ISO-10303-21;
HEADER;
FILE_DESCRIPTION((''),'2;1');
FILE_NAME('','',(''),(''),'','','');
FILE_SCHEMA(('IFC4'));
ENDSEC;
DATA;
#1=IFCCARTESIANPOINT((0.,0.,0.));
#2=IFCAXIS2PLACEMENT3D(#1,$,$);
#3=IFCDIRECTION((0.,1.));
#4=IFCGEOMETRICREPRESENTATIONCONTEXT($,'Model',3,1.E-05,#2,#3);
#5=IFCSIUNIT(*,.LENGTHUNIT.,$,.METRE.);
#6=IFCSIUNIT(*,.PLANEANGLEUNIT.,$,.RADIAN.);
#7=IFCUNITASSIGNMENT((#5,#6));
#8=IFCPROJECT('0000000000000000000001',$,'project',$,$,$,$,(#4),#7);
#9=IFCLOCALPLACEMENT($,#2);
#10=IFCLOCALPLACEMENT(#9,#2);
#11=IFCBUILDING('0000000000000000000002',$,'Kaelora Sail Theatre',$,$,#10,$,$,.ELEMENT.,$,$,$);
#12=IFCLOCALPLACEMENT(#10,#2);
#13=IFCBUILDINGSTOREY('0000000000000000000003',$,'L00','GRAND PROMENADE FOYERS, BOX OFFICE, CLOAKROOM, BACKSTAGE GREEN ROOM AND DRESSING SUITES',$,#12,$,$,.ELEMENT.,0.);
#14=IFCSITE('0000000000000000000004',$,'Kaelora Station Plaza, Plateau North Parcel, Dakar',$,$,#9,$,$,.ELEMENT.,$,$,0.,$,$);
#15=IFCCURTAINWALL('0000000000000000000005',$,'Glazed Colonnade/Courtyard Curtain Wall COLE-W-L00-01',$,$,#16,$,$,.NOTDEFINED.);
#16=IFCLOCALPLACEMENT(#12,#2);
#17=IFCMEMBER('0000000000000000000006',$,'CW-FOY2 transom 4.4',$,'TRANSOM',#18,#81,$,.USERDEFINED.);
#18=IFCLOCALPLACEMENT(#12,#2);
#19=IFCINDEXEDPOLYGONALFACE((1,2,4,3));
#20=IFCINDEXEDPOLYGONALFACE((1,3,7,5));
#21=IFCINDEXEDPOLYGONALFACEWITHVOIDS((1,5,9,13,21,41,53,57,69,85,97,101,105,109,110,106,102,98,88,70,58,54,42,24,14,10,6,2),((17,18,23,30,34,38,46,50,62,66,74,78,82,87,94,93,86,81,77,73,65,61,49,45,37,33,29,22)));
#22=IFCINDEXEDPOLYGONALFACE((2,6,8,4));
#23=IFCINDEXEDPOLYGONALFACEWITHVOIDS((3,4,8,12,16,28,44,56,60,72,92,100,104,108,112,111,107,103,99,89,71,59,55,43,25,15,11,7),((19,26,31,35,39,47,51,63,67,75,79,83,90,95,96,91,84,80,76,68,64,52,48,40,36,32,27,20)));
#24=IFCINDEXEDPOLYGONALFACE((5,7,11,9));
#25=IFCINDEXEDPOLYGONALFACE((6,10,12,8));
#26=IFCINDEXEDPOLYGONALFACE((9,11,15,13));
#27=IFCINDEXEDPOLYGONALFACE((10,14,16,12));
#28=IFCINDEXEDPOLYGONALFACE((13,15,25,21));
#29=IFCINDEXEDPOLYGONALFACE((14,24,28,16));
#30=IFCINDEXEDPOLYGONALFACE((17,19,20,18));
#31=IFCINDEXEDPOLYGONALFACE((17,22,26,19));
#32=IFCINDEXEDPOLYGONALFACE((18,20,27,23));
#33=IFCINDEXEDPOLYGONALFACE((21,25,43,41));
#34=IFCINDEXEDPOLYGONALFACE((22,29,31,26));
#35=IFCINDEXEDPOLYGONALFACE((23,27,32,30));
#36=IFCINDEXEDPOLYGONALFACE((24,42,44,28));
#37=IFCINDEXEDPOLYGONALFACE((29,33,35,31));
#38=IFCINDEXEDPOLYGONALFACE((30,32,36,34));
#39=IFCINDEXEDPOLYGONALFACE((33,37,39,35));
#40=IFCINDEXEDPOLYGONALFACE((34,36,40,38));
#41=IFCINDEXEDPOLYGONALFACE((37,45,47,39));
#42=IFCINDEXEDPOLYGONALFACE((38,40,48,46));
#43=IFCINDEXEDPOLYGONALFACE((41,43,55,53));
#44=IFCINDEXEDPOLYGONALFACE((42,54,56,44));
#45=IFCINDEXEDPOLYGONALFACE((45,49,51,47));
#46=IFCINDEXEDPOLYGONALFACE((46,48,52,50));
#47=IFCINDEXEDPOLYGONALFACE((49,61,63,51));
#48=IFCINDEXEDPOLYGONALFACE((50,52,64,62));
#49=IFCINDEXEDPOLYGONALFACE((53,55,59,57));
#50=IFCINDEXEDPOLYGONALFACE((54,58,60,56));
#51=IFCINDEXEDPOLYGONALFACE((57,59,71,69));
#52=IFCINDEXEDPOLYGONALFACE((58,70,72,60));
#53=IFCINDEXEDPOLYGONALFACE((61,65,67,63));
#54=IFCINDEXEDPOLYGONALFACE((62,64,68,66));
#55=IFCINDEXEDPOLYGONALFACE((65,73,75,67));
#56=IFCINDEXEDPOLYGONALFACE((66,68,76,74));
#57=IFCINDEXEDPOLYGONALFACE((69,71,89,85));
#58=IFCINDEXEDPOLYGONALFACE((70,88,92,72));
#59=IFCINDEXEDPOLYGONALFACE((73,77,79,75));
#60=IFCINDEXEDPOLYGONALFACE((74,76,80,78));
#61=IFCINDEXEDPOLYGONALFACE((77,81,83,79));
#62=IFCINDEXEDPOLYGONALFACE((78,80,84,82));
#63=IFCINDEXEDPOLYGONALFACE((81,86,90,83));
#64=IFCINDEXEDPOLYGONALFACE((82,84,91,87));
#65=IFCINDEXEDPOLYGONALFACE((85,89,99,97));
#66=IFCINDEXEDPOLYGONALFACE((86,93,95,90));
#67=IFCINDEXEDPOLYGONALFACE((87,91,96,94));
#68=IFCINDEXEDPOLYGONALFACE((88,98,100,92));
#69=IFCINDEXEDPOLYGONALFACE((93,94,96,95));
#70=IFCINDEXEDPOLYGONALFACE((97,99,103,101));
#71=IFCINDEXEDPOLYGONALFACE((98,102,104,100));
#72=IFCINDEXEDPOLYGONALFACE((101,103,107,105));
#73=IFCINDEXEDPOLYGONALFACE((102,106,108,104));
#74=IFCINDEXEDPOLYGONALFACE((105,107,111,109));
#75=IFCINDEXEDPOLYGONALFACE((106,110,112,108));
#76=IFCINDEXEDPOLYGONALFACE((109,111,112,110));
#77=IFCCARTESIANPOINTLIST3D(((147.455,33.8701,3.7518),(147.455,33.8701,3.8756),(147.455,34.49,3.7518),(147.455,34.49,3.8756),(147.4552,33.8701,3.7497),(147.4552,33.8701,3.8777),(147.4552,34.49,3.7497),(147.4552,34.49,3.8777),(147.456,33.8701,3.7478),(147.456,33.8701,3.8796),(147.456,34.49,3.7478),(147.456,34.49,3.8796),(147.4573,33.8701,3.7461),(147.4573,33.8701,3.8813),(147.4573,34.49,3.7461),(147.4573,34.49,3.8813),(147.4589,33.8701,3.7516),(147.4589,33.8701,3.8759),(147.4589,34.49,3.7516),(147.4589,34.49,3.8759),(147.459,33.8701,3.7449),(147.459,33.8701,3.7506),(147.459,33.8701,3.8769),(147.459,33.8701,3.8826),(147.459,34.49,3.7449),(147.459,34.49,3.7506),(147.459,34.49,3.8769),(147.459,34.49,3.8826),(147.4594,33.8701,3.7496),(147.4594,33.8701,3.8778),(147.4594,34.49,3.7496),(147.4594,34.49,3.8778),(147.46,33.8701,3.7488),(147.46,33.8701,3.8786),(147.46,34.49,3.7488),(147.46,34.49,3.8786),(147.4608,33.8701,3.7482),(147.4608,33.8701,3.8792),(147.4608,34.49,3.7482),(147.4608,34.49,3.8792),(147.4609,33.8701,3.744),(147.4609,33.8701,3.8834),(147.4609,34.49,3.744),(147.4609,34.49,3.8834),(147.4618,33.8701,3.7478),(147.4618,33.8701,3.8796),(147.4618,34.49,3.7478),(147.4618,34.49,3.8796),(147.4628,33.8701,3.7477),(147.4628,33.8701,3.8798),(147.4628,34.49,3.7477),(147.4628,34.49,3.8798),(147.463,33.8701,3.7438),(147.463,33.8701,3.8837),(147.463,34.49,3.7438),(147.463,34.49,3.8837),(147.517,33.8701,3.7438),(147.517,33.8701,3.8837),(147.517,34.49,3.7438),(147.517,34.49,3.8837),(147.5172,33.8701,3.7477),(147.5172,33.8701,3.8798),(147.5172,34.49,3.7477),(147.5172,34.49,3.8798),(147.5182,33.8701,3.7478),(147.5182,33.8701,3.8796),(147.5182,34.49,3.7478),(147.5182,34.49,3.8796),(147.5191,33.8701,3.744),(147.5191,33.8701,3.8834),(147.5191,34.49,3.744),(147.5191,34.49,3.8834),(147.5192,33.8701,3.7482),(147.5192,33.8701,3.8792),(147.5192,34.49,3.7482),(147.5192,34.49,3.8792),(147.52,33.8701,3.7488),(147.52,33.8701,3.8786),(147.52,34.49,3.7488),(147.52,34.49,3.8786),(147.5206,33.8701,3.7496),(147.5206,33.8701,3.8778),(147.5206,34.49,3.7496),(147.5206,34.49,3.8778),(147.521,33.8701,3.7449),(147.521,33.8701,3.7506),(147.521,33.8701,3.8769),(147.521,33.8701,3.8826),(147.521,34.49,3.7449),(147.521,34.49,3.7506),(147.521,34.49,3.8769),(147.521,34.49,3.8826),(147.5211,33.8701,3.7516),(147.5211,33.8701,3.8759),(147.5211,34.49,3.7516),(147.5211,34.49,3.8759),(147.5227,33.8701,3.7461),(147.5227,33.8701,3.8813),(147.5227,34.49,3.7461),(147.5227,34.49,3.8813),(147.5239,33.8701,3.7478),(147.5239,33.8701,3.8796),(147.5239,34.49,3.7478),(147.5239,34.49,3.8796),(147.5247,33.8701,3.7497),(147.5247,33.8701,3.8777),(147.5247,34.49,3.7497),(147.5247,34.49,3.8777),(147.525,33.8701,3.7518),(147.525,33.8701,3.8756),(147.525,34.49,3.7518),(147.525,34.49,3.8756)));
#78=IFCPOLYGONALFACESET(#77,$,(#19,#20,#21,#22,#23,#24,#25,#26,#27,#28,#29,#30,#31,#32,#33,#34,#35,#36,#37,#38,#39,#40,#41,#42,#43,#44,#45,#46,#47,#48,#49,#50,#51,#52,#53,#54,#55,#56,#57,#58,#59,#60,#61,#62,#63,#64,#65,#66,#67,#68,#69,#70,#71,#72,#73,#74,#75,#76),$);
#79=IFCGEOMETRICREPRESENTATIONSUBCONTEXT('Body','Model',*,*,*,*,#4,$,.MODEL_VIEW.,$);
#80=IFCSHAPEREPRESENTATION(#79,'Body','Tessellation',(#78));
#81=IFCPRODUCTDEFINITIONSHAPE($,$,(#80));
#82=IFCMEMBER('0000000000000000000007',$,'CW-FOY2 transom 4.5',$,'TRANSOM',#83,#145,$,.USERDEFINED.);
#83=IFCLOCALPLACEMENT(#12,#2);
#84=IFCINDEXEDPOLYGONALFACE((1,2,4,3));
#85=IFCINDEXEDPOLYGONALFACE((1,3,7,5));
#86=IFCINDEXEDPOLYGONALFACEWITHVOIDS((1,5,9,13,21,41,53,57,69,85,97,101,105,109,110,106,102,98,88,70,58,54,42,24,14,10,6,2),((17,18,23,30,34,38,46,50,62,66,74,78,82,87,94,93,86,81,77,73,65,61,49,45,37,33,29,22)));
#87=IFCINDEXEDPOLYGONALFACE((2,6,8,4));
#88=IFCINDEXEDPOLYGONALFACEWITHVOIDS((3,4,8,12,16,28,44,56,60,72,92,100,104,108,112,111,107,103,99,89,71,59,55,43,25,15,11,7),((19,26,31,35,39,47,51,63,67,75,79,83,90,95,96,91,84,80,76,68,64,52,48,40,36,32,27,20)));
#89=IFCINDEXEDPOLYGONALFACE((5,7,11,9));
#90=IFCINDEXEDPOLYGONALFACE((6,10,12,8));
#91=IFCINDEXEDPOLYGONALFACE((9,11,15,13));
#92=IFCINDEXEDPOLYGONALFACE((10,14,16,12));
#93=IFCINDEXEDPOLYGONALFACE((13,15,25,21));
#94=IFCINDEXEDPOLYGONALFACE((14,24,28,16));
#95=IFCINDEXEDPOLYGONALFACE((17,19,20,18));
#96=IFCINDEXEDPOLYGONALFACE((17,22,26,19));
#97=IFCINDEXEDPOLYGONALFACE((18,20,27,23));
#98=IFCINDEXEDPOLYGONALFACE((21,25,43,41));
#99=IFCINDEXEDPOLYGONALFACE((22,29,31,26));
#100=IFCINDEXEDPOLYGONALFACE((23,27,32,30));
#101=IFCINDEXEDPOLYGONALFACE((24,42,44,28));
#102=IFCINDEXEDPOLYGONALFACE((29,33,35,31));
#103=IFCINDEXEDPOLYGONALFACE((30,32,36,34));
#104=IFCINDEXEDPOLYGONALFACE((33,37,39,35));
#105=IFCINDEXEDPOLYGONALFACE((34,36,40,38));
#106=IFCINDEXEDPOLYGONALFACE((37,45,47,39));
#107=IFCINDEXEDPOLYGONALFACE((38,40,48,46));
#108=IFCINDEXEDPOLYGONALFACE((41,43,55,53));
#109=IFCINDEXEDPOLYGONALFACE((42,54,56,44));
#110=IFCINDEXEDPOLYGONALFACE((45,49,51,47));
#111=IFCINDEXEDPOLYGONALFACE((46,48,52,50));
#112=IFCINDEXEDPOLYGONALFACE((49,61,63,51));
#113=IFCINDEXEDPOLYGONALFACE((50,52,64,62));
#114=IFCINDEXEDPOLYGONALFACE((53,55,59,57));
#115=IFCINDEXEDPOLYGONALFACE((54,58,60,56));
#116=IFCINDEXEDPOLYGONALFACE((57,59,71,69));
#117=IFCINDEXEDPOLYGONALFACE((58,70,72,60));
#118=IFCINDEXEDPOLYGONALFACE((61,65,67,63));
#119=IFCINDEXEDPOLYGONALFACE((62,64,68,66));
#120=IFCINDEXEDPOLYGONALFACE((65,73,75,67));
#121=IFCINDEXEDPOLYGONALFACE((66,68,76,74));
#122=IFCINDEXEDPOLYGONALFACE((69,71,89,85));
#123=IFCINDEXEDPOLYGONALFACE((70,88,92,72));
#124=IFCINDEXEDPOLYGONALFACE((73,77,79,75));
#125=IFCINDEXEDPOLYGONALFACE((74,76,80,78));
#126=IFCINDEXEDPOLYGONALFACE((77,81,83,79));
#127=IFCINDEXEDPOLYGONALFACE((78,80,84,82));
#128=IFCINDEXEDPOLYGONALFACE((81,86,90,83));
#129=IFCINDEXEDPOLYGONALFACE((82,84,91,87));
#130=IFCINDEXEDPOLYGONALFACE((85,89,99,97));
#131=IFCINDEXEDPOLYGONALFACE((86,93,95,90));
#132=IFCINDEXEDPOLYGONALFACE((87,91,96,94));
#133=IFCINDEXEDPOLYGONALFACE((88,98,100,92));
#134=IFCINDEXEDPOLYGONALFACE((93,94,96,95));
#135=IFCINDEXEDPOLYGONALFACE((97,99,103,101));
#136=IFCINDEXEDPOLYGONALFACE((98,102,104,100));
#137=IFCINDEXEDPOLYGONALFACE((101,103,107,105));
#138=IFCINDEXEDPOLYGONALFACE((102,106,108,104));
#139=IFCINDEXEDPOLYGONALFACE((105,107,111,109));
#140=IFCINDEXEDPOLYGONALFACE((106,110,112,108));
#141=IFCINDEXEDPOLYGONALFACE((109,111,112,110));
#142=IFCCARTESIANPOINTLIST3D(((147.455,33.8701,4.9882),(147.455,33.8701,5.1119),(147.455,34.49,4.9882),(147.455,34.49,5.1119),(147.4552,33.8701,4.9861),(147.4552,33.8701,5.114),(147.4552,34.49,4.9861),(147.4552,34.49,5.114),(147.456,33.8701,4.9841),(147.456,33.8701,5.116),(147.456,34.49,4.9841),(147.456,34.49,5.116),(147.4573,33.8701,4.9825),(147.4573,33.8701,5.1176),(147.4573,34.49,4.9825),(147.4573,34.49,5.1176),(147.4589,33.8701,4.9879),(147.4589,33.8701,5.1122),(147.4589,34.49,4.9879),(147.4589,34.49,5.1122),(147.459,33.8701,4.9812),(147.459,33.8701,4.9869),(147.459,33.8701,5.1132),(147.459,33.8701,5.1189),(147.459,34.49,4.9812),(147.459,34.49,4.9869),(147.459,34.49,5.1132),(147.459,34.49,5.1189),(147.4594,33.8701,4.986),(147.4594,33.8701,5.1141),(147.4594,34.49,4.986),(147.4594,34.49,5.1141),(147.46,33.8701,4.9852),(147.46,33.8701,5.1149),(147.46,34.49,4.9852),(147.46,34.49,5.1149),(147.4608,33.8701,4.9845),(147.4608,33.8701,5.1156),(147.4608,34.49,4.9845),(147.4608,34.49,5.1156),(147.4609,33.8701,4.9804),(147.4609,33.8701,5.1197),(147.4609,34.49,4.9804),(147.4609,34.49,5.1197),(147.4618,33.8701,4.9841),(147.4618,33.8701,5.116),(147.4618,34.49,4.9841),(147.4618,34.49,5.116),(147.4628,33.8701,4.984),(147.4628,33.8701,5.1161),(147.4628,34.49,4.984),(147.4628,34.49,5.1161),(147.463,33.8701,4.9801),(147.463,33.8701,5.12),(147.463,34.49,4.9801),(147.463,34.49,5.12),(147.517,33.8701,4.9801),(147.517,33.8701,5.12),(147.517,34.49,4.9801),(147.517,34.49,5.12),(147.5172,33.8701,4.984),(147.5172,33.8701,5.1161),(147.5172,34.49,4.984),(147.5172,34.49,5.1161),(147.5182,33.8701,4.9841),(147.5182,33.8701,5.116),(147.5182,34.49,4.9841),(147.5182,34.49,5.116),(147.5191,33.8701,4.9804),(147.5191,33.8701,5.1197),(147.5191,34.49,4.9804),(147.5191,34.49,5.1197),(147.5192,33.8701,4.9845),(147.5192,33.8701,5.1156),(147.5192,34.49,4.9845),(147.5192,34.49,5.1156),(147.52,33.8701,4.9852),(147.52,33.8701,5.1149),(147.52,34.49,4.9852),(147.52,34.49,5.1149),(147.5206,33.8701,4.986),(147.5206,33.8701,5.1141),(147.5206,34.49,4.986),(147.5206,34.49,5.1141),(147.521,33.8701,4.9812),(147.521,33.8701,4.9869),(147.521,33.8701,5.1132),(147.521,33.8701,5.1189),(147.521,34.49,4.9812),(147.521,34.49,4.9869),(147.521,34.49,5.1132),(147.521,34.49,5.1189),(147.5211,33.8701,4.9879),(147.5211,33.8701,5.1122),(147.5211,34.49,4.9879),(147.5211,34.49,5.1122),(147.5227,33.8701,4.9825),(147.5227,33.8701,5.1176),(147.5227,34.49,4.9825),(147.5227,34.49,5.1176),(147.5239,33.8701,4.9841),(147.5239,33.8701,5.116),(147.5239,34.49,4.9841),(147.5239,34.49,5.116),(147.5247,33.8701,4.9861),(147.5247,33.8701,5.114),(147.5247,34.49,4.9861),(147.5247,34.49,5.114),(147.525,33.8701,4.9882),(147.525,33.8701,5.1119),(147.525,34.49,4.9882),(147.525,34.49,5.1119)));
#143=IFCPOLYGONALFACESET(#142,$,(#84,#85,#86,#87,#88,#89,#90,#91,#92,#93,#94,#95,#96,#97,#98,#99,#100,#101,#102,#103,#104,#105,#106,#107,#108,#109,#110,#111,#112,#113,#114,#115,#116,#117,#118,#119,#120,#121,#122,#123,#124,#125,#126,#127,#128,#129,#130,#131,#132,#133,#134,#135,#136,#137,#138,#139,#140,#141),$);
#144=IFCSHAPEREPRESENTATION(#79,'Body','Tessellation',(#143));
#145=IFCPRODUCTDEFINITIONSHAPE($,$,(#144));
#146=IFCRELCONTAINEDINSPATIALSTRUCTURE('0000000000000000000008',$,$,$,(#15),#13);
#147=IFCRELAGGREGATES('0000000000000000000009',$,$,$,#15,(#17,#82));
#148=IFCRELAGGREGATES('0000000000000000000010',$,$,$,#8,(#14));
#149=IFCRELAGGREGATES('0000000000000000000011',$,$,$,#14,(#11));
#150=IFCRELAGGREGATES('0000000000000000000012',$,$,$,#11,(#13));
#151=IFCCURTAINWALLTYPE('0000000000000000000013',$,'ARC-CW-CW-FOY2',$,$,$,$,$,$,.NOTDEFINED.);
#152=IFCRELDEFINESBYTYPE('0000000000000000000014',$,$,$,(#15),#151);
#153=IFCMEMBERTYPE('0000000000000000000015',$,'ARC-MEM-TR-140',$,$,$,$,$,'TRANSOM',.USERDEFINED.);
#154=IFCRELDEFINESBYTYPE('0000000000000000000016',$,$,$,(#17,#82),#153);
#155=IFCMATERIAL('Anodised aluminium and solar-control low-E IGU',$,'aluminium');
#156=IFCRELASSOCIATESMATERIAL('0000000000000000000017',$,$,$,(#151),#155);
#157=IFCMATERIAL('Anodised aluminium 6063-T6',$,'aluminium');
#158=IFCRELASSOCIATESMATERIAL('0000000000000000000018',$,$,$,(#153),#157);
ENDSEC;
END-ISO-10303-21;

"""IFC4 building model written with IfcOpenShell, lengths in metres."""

from ifc_helpers import new_model, si_unit, direction, frame, origin, origin_2d, place, context, subcontext, project, spatial, hollow_rectangle, extrude, material, material_profile, profile_set, type_object, element, aggregate, save


model = new_model("IFC4")

# Units and contexts
model_context = context("Model", 3, precision=1e-05, world=origin(), true_north=direction((0.0, 1.0)))
body_context = subcontext(model_context, "Body", "Model", "MODEL_VIEW")
ifc_project = project(units=[si_unit("LENGTHUNIT", "METRE"), si_unit("PLANEANGLEUNIT", "RADIAN")], contexts=[model_context])

# Site, building, storey
site_placement = place(None, origin())
site = spatial("IfcSite", under=ifc_project, at=site_placement, Name="Kaelora Station Plaza, Plateau North Parcel, Dakar", CompositionType="ELEMENT", RefElevation=0.0)
building_placement = place(site_placement, origin())
building = spatial("IfcBuilding", under=site, at=building_placement, Name="Kaelora Sail Theatre", CompositionType="ELEMENT")
storey_placement = place(building_placement, origin())
storey = spatial("IfcBuildingStorey", under=building, at=storey_placement, Name="L00", Description="GRAND PROMENADE FOYERS, BOX OFFICE, CLOAKROOM, BACKSTAGE GREEN ROOM AND DRESSING SUITES", CompositionType="ELEMENT", Elevation=0.0)

# Curtain wall, members
ifc_material_1 = material(Name="Anodised aluminium and solar-control low-E IGU", Category="aluminium")
curtain_wall_type = type_object("IfcCurtainWallType", Name="ARC-CW-CW-FOY2", PredefinedType="NOTDEFINED", material=ifc_material_1)
curtain_wall_placement = place(storey_placement, origin())
curtain_wall = element("IfcCurtainWall", 1, at=curtain_wall_placement, inside=storey, type_object=curtain_wall_type, Name="Glazed Colonnade/Courtyard Curtain Wall COLE-W-L00-01", PredefinedType="NOTDEFINED")
ifc_material_2 = material(Name="Anodised aluminium 6063-T6", Category="aluminium")
ifc_material_profile_1 = material_profile(ifc_material_2, hollow_rectangle(XDim=0.0701, YDim=0.1399, WallThickness=0.0039, InnerFilletRadius=0.0039, OuterFilletRadius=0.0081, at=origin_2d()), Name="ALU-TRAN 70x140x4")
ifc_profile_set_1 = profile_set([ifc_material_profile_1], Name="Anodised aluminium 6063-T6")
member_type_1 = type_object("IfcMemberType", Name="ARC-MEM-TR-140", ElementType="TRANSOM", PredefinedType="USERDEFINED", material=ifc_profile_set_1)
member_1_placement = place(storey_placement, frame((147.49, 33.8701, 3.8137), z_axis=(0.0, 1.0, 0.0), x_axis=(-1.0, 0.0, 0.0)))
member_1 = element("IfcMember", 2, at=member_1_placement, type_object=member_type_1, Name="CW-FOY2 transom 4.4", ObjectType="TRANSOM", PredefinedType="USERDEFINED", context=body_context, shape_type="SweptSolid", body=[
    extrude(hollow_rectangle(XDim=0.0701, YDim=0.1399, WallThickness=0.0039, InnerFilletRadius=0.0039, OuterFilletRadius=0.0081, at=origin_2d()), origin(), (0.0, 0.0, 1.0), 0.6199),
])
member_2_placement = place(storey_placement, frame((147.49, 33.8701, 5.05), z_axis=(0.0, 1.0, 0.0), x_axis=(-1.0, 0.0, 0.0)))
member_2 = element("IfcMember", 3, at=member_2_placement, type_object=member_type_1, Name="CW-FOY2 transom 4.5", ObjectType="TRANSOM", PredefinedType="USERDEFINED", context=body_context, shape_type="SweptSolid", body=[
    extrude(hollow_rectangle(XDim=0.0701, YDim=0.1399, WallThickness=0.0039, InnerFilletRadius=0.0039, OuterFilletRadius=0.0081, at=origin_2d()), origin(), (0.0, 0.0, 1.0), 0.6199),
])
aggregate(curtain_wall, [member_1, member_2])

save(model, "model.ifc")
